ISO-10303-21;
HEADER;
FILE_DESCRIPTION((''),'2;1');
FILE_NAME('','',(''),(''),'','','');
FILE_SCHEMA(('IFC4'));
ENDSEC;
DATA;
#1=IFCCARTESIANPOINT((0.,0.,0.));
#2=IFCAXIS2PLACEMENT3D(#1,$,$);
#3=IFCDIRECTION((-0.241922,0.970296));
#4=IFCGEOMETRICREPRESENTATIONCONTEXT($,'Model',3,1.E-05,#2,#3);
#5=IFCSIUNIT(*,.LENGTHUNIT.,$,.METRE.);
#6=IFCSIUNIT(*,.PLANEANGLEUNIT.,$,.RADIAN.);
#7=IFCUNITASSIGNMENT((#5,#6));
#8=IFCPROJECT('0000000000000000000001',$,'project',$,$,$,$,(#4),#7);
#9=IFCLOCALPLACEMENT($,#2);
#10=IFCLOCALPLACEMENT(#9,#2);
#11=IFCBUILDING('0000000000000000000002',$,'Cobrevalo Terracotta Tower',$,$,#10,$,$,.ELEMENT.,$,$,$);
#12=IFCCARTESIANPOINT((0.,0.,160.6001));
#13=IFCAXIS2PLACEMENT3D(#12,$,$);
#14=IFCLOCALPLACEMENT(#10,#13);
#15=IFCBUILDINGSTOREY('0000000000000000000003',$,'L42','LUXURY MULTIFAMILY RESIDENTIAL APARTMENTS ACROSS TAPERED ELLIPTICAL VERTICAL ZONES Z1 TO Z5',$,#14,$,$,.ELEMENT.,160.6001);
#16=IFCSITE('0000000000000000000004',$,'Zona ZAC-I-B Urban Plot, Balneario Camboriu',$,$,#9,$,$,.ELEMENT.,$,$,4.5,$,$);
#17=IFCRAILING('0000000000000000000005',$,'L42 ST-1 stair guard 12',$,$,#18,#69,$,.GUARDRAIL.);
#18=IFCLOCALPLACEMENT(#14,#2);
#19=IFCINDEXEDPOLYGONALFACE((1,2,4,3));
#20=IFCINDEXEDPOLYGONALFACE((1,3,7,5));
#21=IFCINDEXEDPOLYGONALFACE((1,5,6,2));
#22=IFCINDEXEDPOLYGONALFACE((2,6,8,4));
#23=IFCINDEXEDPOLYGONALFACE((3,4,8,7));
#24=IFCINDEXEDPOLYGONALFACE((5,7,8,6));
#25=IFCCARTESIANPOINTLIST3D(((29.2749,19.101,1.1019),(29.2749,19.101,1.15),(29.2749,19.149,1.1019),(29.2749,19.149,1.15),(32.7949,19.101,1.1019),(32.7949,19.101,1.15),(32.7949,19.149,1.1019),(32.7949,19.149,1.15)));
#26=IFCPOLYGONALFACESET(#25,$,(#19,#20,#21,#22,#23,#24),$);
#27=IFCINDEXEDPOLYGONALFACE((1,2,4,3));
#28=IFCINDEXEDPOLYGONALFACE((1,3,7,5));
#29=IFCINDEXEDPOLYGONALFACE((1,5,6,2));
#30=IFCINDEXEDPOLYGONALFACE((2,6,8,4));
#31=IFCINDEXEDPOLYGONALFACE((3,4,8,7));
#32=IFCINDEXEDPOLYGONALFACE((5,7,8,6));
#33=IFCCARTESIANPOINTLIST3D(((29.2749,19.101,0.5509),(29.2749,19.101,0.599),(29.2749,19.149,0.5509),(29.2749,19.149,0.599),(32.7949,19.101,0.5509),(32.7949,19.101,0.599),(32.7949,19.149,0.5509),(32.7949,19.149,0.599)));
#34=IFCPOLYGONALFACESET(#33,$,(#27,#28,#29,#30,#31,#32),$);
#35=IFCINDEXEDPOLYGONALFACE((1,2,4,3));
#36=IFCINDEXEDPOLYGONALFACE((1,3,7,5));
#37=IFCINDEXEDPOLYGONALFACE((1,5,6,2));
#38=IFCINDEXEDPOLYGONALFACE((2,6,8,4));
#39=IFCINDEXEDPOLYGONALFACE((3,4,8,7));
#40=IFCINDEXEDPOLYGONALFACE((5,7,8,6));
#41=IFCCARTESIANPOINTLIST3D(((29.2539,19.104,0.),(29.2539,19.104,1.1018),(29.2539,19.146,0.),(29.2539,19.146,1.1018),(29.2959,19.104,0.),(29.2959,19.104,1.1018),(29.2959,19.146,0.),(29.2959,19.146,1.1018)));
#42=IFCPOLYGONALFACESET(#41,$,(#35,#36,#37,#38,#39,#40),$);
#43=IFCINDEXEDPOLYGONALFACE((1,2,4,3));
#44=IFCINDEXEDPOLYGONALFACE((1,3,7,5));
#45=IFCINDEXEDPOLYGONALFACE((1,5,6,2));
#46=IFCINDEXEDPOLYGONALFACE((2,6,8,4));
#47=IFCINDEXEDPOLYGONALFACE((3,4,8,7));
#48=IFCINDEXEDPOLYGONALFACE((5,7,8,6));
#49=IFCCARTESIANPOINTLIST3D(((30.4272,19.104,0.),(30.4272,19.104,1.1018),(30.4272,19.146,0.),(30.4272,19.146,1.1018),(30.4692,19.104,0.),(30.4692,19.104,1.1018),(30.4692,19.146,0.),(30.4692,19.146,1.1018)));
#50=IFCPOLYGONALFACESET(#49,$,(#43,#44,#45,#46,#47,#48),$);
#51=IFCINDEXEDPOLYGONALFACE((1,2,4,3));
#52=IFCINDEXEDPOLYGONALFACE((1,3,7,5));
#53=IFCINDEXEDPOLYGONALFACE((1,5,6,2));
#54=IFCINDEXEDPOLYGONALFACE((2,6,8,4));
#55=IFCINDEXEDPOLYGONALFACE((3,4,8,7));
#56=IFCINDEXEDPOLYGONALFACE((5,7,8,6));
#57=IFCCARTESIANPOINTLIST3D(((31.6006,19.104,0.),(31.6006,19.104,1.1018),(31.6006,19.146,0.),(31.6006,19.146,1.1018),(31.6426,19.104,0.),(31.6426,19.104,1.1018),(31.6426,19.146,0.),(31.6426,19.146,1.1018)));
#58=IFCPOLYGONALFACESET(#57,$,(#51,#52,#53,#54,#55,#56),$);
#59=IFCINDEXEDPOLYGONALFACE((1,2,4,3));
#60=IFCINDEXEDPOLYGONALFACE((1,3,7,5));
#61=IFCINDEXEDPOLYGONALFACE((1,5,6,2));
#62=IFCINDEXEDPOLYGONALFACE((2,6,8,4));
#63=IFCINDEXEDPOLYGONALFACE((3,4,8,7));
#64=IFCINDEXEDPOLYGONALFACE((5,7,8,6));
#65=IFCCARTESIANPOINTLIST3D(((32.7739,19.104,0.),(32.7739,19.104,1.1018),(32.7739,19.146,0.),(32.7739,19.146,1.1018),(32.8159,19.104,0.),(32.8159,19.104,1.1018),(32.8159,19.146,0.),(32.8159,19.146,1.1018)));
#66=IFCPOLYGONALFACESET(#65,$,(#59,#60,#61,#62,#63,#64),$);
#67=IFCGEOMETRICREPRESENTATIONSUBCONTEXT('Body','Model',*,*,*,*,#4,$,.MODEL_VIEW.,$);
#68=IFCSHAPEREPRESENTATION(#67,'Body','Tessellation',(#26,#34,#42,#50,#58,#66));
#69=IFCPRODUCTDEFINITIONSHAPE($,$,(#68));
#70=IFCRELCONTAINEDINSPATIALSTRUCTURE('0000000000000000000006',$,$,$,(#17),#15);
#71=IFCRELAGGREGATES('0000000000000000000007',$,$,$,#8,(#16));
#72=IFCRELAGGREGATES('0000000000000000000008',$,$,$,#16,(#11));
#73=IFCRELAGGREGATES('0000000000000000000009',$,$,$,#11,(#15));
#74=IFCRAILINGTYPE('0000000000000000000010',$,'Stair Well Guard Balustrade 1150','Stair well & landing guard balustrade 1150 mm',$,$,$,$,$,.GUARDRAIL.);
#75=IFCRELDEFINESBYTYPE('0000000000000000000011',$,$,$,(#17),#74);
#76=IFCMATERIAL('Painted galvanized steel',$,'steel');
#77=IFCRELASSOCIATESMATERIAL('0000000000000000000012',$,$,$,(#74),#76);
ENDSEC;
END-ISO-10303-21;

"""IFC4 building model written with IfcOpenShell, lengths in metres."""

from ifc_helpers import new_model, si_unit, direction, frame, origin, origin_2d, place, context, subcontext, project, spatial, rectangle, extrude, material, type_object, element, save


model = new_model("IFC4")

# Units and contexts
model_context = context("Model", 3, precision=1e-05, world=origin(), true_north=direction((-0.241922, 0.970296)))
body_context = subcontext(model_context, "Body", "Model", "MODEL_VIEW")
ifc_project = project(units=[si_unit("LENGTHUNIT", "METRE"), si_unit("PLANEANGLEUNIT", "RADIAN")], contexts=[model_context])

# Site, building, storey
site_placement = place(None, origin())
site = spatial("IfcSite", under=ifc_project, at=site_placement, Name="Zona ZAC-I-B Urban Plot, Balneario Camboriu", CompositionType="ELEMENT", RefElevation=4.5)
building_placement = place(site_placement, origin())
building = spatial("IfcBuilding", under=site, at=building_placement, Name="Cobrevalo Terracotta Tower", CompositionType="ELEMENT")
storey_placement = place(building_placement, frame((0.0, 0.0, 160.6001)))
storey = spatial("IfcBuildingStorey", under=building, at=storey_placement, Name="L42", Description="LUXURY MULTIFAMILY RESIDENTIAL APARTMENTS ACROSS TAPERED ELLIPTICAL VERTICAL ZONES Z1 TO Z5", CompositionType="ELEMENT", Elevation=160.6001)

# Railing
ifc_material_1 = material(Name="Painted galvanized steel", Category="steel")
railing_type_1 = type_object("IfcRailingType", Name="Stair Well Guard Balustrade 1150", Description="Stair well & landing guard balustrade 1150 mm", PredefinedType="GUARDRAIL", material=ifc_material_1)
railing_1_placement = place(storey_placement, frame((29.2749, 19.125, 0.0)))
element("IfcRailing", 1, at=railing_1_placement, inside=storey, type_object=railing_type_1, Name="L42 ST-1 stair guard 12", PredefinedType="GUARDRAIL", context=body_context, shape_type="SweptSolid", body=[
    extrude(rectangle(XDim=0.0481, YDim=0.0481, at=origin_2d()), frame((0.0, 0.0, 1.126), z_axis=(1.0, 0.0, 0.0), x_axis=(0.0, 1.0, 0.0)), (0.0, 0.0, 1.0), 3.52),
    extrude(rectangle(XDim=0.0481, YDim=0.0481, at=origin_2d()), frame((0.0, 0.0, 0.575), z_axis=(1.0, 0.0, 0.0), x_axis=(0.0, 1.0, 0.0)), (0.0, 0.0, 1.0), 3.52),
    extrude(rectangle(XDim=0.042, YDim=0.042, at=origin_2d()), origin(), (0.0, 0.0, 1.0), 1.1018),
    extrude(rectangle(XDim=0.042, YDim=0.042, at=origin_2d()), frame((1.1733, 0.0, 0.0)), (0.0, 0.0, 1.0), 1.1018),
    extrude(rectangle(XDim=0.042, YDim=0.042, at=origin_2d()), frame((2.3467, 0.0, 0.0)), (0.0, 0.0, 1.0), 1.1018),
    extrude(rectangle(XDim=0.042, YDim=0.042, at=origin_2d()), frame((3.52, 0.0, 0.0)), (0.0, 0.0, 1.0), 1.1018),
])

save(model, "model.ifc")
